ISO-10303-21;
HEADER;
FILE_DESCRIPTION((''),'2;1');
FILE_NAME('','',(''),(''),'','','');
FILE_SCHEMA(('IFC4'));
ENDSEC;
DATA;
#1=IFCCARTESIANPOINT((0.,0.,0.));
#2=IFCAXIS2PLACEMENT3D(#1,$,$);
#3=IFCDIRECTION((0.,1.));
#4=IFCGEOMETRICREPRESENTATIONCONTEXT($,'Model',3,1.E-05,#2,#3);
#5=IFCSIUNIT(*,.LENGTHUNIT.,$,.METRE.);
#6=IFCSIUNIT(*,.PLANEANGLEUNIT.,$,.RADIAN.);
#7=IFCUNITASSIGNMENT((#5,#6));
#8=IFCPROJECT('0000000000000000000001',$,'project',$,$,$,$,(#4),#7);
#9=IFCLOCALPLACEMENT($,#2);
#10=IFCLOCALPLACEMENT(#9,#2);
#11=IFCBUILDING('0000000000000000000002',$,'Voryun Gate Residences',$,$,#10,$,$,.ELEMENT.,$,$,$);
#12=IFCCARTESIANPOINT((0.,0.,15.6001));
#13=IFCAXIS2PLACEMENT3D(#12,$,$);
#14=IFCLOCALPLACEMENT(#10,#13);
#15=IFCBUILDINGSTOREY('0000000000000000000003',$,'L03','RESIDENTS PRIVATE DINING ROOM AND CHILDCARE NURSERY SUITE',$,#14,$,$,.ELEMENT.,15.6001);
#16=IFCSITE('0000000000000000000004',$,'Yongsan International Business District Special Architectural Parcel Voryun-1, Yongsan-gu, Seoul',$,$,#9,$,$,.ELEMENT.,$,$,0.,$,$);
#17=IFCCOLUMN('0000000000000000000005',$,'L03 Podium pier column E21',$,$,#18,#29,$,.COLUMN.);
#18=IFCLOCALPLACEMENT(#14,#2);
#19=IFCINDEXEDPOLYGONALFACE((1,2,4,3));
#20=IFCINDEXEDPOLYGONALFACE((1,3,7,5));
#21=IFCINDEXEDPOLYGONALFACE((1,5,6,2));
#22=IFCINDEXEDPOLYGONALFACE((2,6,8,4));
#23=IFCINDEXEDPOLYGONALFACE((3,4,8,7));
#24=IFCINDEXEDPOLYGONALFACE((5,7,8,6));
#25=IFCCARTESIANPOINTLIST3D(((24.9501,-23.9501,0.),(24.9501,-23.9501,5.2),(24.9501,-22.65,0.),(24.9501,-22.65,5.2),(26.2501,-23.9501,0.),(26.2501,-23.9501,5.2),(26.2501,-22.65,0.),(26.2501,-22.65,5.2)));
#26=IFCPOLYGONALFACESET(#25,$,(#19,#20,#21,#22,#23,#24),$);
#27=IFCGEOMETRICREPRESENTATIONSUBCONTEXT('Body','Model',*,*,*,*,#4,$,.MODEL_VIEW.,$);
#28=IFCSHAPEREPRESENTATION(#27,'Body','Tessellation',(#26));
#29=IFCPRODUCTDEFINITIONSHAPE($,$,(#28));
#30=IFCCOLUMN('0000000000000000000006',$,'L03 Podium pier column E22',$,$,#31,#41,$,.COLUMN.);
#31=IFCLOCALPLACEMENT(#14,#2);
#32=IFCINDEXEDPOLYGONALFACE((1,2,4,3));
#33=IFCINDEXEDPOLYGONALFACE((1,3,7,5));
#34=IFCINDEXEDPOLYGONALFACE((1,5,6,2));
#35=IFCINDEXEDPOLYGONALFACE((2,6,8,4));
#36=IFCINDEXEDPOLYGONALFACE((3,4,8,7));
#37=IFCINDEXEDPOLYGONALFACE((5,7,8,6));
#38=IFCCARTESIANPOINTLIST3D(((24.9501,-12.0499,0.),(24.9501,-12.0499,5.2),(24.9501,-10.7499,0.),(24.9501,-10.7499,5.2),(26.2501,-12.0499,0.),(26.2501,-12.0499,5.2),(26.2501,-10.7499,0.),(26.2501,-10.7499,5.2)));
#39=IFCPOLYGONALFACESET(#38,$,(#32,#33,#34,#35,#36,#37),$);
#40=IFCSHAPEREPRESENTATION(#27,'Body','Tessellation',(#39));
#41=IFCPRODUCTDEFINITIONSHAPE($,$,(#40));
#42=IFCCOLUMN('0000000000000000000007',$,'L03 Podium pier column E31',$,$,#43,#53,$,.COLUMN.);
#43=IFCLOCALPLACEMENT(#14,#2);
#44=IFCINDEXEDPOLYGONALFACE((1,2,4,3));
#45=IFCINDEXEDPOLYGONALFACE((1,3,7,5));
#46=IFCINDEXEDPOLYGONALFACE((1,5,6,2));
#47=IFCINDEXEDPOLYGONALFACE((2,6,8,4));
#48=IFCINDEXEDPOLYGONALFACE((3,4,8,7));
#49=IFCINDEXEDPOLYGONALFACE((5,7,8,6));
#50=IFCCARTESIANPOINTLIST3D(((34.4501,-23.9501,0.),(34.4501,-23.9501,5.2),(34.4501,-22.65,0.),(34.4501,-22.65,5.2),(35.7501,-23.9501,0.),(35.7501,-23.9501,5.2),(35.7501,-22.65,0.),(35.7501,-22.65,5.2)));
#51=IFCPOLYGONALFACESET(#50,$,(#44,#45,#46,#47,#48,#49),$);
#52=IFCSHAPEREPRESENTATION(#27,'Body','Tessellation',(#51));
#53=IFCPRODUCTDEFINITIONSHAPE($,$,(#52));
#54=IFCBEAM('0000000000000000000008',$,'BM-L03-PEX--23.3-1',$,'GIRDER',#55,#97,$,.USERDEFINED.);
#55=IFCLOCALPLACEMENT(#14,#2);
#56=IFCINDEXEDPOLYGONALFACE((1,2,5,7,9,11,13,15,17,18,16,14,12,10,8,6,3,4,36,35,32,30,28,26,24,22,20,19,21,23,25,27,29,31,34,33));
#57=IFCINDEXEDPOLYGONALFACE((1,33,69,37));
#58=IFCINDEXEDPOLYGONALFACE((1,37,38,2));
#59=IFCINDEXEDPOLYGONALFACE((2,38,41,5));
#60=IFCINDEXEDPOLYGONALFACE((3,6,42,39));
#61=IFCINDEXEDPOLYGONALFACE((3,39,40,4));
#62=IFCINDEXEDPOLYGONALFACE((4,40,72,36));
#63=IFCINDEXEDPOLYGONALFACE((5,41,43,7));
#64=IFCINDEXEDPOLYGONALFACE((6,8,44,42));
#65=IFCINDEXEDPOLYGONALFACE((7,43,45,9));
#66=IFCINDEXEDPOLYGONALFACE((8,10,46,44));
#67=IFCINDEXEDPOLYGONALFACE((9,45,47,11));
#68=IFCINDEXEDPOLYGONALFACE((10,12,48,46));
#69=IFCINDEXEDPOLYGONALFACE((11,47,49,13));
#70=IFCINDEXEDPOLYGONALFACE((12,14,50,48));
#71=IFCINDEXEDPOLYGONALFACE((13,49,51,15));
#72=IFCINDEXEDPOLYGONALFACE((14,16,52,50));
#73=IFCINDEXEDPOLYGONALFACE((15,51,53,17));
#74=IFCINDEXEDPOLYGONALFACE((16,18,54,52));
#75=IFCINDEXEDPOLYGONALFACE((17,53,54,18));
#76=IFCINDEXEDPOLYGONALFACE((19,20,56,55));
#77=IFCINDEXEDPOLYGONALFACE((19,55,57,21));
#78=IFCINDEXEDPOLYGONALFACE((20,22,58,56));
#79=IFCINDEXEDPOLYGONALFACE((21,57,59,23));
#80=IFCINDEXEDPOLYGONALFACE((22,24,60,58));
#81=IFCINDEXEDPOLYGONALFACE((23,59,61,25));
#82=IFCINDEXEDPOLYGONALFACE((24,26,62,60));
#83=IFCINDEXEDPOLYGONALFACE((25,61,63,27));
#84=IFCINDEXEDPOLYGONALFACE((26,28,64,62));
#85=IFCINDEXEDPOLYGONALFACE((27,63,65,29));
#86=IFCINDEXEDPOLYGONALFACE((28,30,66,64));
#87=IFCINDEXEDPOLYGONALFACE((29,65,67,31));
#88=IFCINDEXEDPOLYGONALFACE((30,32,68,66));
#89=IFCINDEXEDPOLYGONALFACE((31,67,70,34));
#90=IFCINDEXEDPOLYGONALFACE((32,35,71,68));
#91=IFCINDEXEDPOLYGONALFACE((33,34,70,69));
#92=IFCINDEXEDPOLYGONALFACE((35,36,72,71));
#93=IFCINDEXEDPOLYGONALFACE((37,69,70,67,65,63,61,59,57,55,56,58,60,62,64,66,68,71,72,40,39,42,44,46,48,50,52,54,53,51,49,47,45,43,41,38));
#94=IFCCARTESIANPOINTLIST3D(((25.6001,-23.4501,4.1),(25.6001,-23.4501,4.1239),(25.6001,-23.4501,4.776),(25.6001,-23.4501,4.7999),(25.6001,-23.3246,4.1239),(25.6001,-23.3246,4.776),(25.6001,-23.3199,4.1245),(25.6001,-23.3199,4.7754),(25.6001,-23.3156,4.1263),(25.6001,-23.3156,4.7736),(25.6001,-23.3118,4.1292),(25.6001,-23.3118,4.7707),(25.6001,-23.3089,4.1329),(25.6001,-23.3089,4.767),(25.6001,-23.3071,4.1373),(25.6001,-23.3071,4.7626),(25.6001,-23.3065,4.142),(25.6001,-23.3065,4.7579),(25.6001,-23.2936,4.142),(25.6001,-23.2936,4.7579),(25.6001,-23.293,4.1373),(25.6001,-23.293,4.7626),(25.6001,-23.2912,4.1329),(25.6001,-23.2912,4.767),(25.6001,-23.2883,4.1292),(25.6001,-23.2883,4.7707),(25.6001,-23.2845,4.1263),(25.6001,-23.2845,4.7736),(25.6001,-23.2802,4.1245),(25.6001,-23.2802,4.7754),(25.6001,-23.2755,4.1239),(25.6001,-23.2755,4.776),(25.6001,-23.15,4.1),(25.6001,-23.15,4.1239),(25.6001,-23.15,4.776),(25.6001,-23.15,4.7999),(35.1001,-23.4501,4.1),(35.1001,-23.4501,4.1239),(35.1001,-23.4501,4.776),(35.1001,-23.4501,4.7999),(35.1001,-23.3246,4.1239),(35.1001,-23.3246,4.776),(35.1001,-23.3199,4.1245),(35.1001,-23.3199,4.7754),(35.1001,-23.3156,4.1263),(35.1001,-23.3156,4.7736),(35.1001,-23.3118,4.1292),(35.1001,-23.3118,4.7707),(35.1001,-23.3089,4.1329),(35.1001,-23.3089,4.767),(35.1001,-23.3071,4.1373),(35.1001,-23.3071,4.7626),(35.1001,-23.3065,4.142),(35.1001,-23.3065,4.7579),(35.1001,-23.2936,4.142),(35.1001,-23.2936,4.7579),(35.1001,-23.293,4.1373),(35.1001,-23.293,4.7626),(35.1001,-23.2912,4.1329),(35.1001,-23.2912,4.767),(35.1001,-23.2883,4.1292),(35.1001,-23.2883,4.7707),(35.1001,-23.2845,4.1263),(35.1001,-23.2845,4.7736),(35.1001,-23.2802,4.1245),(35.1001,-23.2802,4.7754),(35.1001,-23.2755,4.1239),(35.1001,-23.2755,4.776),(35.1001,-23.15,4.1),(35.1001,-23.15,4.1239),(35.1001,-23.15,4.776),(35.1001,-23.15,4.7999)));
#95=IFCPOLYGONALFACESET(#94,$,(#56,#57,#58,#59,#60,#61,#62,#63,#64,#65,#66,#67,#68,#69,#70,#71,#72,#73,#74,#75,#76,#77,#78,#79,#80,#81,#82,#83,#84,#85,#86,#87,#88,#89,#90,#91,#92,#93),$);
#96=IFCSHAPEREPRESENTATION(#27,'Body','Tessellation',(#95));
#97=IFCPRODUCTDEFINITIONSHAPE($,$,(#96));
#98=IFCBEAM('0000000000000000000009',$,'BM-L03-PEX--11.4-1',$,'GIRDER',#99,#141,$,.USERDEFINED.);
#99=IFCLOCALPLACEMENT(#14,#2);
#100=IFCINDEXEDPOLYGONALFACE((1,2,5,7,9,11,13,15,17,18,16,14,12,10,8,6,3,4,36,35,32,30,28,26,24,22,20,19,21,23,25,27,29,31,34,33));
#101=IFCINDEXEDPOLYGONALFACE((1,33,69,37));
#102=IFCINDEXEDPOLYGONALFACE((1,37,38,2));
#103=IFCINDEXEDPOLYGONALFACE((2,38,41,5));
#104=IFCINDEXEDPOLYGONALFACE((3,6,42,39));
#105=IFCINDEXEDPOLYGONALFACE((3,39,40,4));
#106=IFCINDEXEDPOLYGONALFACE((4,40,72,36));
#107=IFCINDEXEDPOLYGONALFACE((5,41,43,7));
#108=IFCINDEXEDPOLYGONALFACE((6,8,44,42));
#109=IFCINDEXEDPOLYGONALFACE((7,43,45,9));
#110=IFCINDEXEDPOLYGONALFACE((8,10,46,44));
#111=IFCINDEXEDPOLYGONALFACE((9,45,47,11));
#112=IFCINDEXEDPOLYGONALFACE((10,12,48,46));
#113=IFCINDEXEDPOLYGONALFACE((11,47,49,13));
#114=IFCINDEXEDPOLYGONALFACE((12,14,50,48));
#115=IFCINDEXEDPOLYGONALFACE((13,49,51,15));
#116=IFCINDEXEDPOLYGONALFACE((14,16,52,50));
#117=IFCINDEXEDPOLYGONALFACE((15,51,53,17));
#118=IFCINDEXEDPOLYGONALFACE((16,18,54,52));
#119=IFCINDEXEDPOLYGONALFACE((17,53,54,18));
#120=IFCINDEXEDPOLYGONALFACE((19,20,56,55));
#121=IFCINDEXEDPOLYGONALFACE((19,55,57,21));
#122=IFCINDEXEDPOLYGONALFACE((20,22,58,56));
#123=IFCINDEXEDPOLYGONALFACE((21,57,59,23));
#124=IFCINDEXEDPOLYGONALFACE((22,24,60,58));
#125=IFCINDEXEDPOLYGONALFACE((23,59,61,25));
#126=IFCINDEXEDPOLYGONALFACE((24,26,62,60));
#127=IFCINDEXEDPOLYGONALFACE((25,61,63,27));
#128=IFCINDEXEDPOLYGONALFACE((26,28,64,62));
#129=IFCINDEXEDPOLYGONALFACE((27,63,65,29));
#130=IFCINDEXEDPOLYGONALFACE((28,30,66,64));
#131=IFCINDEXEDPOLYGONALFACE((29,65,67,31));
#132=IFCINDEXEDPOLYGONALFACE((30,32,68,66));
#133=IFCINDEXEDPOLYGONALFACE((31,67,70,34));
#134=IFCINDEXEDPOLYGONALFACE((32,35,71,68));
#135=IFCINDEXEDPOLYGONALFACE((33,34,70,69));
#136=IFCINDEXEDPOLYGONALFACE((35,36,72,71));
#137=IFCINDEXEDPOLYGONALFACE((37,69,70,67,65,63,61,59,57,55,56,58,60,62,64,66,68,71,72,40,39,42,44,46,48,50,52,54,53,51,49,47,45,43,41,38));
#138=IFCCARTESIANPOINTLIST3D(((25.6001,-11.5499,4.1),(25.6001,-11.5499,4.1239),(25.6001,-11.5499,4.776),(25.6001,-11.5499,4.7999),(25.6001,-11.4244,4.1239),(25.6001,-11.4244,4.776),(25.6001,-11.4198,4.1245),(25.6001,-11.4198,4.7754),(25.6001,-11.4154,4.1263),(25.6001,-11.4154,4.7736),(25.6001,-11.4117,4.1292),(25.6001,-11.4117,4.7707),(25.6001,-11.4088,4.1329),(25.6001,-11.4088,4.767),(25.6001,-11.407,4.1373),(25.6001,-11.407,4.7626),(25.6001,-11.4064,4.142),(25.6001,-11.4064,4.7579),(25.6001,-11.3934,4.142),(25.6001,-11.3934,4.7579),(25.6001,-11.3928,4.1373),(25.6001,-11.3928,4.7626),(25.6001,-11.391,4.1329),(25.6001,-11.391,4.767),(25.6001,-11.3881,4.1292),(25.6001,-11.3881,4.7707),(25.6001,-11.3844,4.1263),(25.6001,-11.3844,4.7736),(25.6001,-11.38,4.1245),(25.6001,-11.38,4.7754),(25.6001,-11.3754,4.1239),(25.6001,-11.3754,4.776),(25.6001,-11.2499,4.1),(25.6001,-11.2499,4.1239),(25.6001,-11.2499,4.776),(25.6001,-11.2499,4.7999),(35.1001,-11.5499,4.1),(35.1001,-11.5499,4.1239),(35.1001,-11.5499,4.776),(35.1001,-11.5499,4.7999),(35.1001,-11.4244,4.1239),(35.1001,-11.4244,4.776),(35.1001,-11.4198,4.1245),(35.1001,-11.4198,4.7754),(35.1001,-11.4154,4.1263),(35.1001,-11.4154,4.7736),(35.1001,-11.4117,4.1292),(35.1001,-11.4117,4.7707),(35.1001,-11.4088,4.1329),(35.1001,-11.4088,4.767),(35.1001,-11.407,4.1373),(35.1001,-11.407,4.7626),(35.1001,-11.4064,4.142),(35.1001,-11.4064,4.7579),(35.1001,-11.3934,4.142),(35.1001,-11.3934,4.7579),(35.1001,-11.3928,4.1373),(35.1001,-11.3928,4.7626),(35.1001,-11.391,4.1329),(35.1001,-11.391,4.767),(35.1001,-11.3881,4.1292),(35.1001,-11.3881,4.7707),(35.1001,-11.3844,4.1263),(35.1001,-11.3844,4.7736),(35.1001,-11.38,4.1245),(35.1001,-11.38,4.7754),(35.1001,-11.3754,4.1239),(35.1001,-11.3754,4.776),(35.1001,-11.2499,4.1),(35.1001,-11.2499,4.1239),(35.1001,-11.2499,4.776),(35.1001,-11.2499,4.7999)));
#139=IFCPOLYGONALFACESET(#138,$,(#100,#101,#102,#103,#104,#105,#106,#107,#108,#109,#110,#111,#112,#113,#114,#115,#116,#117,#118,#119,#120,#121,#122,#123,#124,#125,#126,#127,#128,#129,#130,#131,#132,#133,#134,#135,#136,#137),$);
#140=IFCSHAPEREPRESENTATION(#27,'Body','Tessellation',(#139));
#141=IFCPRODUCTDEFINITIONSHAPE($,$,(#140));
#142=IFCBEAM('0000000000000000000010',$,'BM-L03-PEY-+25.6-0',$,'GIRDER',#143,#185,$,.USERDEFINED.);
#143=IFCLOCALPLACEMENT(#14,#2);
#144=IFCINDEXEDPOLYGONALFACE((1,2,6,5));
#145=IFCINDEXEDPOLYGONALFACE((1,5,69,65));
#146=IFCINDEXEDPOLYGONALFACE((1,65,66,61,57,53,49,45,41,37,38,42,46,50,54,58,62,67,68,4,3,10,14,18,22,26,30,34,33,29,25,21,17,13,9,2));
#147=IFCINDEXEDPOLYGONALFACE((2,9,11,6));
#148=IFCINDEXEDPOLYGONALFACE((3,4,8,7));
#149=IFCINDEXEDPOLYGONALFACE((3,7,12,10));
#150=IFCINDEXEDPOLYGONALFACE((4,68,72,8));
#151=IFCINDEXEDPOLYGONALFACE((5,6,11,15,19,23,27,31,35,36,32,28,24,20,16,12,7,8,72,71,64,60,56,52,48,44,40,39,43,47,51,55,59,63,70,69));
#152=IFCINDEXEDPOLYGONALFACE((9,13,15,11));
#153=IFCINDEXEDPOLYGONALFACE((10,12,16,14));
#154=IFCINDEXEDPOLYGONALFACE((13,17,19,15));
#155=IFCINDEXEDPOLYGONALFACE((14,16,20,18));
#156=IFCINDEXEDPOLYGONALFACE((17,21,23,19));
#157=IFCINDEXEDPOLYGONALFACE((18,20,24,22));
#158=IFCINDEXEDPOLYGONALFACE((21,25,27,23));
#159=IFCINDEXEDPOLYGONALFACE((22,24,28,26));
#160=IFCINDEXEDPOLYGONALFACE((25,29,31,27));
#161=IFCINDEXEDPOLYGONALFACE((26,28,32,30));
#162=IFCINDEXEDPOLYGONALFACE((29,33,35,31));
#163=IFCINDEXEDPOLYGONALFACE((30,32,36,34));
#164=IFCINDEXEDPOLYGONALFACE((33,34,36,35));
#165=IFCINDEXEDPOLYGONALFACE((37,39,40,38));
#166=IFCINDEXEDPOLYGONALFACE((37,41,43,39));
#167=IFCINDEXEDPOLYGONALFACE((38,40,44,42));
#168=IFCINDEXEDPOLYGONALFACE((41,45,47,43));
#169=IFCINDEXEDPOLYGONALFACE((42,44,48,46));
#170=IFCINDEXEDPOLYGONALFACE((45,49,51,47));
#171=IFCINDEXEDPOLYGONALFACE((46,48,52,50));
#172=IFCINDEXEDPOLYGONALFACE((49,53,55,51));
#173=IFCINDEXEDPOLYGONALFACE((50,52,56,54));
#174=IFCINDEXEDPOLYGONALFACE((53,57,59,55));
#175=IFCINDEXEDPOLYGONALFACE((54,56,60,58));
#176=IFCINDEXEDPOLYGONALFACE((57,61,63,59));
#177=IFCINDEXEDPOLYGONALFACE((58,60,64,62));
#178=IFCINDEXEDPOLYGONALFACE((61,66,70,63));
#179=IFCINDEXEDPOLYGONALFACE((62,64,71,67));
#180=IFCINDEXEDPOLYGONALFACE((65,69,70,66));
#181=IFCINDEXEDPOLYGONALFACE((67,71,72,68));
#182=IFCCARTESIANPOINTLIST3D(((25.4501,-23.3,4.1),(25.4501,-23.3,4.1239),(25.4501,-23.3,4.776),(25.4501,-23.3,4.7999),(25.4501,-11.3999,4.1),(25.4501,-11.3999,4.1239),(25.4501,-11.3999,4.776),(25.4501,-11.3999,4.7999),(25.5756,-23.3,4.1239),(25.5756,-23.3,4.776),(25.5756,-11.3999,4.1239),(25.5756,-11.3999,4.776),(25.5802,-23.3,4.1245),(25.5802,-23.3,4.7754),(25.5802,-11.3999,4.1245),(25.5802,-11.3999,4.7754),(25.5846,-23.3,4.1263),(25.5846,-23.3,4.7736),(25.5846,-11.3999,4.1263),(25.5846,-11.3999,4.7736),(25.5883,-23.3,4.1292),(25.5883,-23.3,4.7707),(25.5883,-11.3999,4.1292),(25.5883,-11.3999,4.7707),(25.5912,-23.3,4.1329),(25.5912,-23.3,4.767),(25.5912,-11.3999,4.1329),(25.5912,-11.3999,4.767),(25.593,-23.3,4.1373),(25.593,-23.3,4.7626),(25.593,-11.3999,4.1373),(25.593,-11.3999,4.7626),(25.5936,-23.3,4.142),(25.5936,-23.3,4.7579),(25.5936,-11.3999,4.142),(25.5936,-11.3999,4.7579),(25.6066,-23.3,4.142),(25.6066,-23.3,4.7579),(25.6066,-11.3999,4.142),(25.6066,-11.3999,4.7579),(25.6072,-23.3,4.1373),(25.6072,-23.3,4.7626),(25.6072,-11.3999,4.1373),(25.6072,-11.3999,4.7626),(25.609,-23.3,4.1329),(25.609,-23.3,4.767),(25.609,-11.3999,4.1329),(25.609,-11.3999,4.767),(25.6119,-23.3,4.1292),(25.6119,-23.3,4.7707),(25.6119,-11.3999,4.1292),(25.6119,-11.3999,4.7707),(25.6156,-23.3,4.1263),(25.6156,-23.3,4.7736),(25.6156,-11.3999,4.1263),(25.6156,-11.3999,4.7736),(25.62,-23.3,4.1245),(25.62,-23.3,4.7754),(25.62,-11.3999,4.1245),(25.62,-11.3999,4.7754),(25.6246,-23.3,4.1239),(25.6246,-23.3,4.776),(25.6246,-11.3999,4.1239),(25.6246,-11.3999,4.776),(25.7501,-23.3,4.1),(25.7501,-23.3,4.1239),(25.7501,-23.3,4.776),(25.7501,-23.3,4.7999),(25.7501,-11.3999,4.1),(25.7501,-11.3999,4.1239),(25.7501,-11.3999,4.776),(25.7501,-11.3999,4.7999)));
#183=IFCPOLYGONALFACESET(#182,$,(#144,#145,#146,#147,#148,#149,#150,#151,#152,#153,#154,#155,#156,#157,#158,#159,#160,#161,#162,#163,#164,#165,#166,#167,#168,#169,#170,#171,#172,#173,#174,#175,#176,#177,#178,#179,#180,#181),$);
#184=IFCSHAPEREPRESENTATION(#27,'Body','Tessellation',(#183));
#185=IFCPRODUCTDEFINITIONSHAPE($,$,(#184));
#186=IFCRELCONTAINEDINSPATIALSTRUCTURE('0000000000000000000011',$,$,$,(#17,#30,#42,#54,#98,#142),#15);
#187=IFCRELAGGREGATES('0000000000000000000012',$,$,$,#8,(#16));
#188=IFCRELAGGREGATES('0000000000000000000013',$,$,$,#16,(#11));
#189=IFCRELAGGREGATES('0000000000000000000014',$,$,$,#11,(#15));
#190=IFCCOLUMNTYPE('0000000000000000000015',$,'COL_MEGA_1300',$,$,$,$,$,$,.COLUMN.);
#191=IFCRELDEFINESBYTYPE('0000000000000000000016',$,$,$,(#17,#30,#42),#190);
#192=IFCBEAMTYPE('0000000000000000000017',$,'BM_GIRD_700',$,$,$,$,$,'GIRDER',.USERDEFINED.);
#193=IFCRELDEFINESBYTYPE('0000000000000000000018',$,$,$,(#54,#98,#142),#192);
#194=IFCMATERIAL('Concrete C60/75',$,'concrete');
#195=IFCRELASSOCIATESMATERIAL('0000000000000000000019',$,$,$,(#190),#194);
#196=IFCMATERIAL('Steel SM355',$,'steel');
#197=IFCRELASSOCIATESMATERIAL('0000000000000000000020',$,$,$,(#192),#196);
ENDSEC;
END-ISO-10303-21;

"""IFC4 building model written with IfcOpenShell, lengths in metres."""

from ifc_helpers import new_model, si_unit, direction, frame, origin, origin_2d, place, context, subcontext, project, spatial, rectangle, i_section, extrude, material, material_profile, profile_set, type_object, element, save


model = new_model("IFC4")

# Units and contexts
model_context = context("Model", 3, precision=1e-05, world=origin(), true_north=direction((0.0, 1.0)))
body_context = subcontext(model_context, "Body", "Model", "MODEL_VIEW")
ifc_project = project(units=[si_unit("LENGTHUNIT", "METRE"), si_unit("PLANEANGLEUNIT", "RADIAN")], contexts=[model_context])

# Site, building, storey
site_placement = place(None, origin())
site = spatial("IfcSite", under=ifc_project, at=site_placement, Name="Yongsan International Business District Special Architectural Parcel Voryun-1, Yongsan-gu, Seoul", CompositionType="ELEMENT", RefElevation=0.0)
building_placement = place(site_placement, origin())
building = spatial("IfcBuilding", under=site, at=building_placement, Name="Voryun Gate Residences", CompositionType="ELEMENT")
storey_placement = place(building_placement, frame((0.0, 0.0, 15.6001)))
storey = spatial("IfcBuildingStorey", under=building, at=storey_placement, Name="L03", Description="RESIDENTS PRIVATE DINING ROOM AND CHILDCARE NURSERY SUITE", CompositionType="ELEMENT", Elevation=15.6001)

# Columns
ifc_material_1 = material(Name="Concrete C60/75", Category="concrete")
ifc_material_profile_1 = material_profile(ifc_material_1, rectangle(XDim=1.3, YDim=1.3, at=origin_2d()), Name="RC-1300x1300")
ifc_profile_set_1 = profile_set([ifc_material_profile_1], Name="Concrete C60/75")
column_type = type_object("IfcColumnType", Name="COL_MEGA_1300", PredefinedType="COLUMN", material=ifc_profile_set_1)
for number, where, z_axis, x_axis, name in (
    (1, (25.6001, -23.3, 0.0), (0.0, 0.0, 1.0), (1.0, 0.0, 0.0), "L03 Podium pier column E21"),
    (2, (25.6001, -11.3999, 0.0), (0.0, 0.0, 1.0), (1.0, 0.0, 0.0), "L03 Podium pier column E22"),
    (3, (35.1001, -23.3, 0.0), (0.0, 0.0, 1.0), (1.0, 0.0, 0.0), "L03 Podium pier column E31"),
):
    element("IfcColumn", number, at=place(storey_placement, frame(where, z_axis=z_axis, x_axis=x_axis)), inside=storey, type_object=column_type, Name=name, PredefinedType="COLUMN", context=body_context, shape_type="SweptSolid", body=[
        extrude(rectangle(XDim=1.3, YDim=1.3, at=origin_2d()), origin(), (0.0, 0.0, 1.0), 5.2),
    ])

# Beams
ifc_material_2 = material(Name="Steel SM355", Category="steel")
ifc_material_profile_2 = material_profile(ifc_material_2, i_section(OverallWidth=0.3, OverallDepth=0.7, WebThickness=0.0129, FlangeThickness=0.0239, FilletRadius=0.0181, at=origin_2d()), Name="H-700x300x13x24")
ifc_profile_set_2 = profile_set([ifc_material_profile_2], Name="Steel SM355")
beam_type = type_object("IfcBeamType", Name="BM_GIRD_700", ElementType="GIRDER", PredefinedType="USERDEFINED", material=ifc_profile_set_2)
for number, where, z_axis, x_axis, name in (
    (4, (25.6001, -23.3, 4.45), (1.0, 0.0, 0.0), (0.0, 1.0, 0.0), "BM-L03-PEX--23.3-1"),
    (5, (25.6001, -11.3999, 4.45), (1.0, 0.0, 0.0), (0.0, 1.0, 0.0), "BM-L03-PEX--11.4-1"),
):
    element("IfcBeam", number, at=place(storey_placement, frame(where, z_axis=z_axis, x_axis=x_axis)), inside=storey, type_object=beam_type, Name=name, ObjectType="GIRDER", PredefinedType="USERDEFINED", context=body_context, shape_type="SweptSolid", body=[
        extrude(i_section(OverallWidth=0.3, OverallDepth=0.7, WebThickness=0.0129, FlangeThickness=0.0239, FilletRadius=0.0181, at=origin_2d()), origin(), (0.0, 0.0, 1.0), 9.5),
    ])
beam_1_placement = place(storey_placement, frame((25.6001, -23.3, 4.45), z_axis=(0.0, 1.0, 0.0), x_axis=(-1.0, 0.0, 0.0)))
element("IfcBeam", 6, at=beam_1_placement, inside=storey, type_object=beam_type, Name="BM-L03-PEY-+25.6-0", ObjectType="GIRDER", PredefinedType="USERDEFINED", context=body_context, shape_type="SweptSolid", body=[
    extrude(i_section(OverallWidth=0.3, OverallDepth=0.7, WebThickness=0.0129, FlangeThickness=0.0239, FilletRadius=0.0181, at=origin_2d()), origin(), (0.0, 0.0, 1.0), 11.9001),
])

save(model, "model.ifc")
